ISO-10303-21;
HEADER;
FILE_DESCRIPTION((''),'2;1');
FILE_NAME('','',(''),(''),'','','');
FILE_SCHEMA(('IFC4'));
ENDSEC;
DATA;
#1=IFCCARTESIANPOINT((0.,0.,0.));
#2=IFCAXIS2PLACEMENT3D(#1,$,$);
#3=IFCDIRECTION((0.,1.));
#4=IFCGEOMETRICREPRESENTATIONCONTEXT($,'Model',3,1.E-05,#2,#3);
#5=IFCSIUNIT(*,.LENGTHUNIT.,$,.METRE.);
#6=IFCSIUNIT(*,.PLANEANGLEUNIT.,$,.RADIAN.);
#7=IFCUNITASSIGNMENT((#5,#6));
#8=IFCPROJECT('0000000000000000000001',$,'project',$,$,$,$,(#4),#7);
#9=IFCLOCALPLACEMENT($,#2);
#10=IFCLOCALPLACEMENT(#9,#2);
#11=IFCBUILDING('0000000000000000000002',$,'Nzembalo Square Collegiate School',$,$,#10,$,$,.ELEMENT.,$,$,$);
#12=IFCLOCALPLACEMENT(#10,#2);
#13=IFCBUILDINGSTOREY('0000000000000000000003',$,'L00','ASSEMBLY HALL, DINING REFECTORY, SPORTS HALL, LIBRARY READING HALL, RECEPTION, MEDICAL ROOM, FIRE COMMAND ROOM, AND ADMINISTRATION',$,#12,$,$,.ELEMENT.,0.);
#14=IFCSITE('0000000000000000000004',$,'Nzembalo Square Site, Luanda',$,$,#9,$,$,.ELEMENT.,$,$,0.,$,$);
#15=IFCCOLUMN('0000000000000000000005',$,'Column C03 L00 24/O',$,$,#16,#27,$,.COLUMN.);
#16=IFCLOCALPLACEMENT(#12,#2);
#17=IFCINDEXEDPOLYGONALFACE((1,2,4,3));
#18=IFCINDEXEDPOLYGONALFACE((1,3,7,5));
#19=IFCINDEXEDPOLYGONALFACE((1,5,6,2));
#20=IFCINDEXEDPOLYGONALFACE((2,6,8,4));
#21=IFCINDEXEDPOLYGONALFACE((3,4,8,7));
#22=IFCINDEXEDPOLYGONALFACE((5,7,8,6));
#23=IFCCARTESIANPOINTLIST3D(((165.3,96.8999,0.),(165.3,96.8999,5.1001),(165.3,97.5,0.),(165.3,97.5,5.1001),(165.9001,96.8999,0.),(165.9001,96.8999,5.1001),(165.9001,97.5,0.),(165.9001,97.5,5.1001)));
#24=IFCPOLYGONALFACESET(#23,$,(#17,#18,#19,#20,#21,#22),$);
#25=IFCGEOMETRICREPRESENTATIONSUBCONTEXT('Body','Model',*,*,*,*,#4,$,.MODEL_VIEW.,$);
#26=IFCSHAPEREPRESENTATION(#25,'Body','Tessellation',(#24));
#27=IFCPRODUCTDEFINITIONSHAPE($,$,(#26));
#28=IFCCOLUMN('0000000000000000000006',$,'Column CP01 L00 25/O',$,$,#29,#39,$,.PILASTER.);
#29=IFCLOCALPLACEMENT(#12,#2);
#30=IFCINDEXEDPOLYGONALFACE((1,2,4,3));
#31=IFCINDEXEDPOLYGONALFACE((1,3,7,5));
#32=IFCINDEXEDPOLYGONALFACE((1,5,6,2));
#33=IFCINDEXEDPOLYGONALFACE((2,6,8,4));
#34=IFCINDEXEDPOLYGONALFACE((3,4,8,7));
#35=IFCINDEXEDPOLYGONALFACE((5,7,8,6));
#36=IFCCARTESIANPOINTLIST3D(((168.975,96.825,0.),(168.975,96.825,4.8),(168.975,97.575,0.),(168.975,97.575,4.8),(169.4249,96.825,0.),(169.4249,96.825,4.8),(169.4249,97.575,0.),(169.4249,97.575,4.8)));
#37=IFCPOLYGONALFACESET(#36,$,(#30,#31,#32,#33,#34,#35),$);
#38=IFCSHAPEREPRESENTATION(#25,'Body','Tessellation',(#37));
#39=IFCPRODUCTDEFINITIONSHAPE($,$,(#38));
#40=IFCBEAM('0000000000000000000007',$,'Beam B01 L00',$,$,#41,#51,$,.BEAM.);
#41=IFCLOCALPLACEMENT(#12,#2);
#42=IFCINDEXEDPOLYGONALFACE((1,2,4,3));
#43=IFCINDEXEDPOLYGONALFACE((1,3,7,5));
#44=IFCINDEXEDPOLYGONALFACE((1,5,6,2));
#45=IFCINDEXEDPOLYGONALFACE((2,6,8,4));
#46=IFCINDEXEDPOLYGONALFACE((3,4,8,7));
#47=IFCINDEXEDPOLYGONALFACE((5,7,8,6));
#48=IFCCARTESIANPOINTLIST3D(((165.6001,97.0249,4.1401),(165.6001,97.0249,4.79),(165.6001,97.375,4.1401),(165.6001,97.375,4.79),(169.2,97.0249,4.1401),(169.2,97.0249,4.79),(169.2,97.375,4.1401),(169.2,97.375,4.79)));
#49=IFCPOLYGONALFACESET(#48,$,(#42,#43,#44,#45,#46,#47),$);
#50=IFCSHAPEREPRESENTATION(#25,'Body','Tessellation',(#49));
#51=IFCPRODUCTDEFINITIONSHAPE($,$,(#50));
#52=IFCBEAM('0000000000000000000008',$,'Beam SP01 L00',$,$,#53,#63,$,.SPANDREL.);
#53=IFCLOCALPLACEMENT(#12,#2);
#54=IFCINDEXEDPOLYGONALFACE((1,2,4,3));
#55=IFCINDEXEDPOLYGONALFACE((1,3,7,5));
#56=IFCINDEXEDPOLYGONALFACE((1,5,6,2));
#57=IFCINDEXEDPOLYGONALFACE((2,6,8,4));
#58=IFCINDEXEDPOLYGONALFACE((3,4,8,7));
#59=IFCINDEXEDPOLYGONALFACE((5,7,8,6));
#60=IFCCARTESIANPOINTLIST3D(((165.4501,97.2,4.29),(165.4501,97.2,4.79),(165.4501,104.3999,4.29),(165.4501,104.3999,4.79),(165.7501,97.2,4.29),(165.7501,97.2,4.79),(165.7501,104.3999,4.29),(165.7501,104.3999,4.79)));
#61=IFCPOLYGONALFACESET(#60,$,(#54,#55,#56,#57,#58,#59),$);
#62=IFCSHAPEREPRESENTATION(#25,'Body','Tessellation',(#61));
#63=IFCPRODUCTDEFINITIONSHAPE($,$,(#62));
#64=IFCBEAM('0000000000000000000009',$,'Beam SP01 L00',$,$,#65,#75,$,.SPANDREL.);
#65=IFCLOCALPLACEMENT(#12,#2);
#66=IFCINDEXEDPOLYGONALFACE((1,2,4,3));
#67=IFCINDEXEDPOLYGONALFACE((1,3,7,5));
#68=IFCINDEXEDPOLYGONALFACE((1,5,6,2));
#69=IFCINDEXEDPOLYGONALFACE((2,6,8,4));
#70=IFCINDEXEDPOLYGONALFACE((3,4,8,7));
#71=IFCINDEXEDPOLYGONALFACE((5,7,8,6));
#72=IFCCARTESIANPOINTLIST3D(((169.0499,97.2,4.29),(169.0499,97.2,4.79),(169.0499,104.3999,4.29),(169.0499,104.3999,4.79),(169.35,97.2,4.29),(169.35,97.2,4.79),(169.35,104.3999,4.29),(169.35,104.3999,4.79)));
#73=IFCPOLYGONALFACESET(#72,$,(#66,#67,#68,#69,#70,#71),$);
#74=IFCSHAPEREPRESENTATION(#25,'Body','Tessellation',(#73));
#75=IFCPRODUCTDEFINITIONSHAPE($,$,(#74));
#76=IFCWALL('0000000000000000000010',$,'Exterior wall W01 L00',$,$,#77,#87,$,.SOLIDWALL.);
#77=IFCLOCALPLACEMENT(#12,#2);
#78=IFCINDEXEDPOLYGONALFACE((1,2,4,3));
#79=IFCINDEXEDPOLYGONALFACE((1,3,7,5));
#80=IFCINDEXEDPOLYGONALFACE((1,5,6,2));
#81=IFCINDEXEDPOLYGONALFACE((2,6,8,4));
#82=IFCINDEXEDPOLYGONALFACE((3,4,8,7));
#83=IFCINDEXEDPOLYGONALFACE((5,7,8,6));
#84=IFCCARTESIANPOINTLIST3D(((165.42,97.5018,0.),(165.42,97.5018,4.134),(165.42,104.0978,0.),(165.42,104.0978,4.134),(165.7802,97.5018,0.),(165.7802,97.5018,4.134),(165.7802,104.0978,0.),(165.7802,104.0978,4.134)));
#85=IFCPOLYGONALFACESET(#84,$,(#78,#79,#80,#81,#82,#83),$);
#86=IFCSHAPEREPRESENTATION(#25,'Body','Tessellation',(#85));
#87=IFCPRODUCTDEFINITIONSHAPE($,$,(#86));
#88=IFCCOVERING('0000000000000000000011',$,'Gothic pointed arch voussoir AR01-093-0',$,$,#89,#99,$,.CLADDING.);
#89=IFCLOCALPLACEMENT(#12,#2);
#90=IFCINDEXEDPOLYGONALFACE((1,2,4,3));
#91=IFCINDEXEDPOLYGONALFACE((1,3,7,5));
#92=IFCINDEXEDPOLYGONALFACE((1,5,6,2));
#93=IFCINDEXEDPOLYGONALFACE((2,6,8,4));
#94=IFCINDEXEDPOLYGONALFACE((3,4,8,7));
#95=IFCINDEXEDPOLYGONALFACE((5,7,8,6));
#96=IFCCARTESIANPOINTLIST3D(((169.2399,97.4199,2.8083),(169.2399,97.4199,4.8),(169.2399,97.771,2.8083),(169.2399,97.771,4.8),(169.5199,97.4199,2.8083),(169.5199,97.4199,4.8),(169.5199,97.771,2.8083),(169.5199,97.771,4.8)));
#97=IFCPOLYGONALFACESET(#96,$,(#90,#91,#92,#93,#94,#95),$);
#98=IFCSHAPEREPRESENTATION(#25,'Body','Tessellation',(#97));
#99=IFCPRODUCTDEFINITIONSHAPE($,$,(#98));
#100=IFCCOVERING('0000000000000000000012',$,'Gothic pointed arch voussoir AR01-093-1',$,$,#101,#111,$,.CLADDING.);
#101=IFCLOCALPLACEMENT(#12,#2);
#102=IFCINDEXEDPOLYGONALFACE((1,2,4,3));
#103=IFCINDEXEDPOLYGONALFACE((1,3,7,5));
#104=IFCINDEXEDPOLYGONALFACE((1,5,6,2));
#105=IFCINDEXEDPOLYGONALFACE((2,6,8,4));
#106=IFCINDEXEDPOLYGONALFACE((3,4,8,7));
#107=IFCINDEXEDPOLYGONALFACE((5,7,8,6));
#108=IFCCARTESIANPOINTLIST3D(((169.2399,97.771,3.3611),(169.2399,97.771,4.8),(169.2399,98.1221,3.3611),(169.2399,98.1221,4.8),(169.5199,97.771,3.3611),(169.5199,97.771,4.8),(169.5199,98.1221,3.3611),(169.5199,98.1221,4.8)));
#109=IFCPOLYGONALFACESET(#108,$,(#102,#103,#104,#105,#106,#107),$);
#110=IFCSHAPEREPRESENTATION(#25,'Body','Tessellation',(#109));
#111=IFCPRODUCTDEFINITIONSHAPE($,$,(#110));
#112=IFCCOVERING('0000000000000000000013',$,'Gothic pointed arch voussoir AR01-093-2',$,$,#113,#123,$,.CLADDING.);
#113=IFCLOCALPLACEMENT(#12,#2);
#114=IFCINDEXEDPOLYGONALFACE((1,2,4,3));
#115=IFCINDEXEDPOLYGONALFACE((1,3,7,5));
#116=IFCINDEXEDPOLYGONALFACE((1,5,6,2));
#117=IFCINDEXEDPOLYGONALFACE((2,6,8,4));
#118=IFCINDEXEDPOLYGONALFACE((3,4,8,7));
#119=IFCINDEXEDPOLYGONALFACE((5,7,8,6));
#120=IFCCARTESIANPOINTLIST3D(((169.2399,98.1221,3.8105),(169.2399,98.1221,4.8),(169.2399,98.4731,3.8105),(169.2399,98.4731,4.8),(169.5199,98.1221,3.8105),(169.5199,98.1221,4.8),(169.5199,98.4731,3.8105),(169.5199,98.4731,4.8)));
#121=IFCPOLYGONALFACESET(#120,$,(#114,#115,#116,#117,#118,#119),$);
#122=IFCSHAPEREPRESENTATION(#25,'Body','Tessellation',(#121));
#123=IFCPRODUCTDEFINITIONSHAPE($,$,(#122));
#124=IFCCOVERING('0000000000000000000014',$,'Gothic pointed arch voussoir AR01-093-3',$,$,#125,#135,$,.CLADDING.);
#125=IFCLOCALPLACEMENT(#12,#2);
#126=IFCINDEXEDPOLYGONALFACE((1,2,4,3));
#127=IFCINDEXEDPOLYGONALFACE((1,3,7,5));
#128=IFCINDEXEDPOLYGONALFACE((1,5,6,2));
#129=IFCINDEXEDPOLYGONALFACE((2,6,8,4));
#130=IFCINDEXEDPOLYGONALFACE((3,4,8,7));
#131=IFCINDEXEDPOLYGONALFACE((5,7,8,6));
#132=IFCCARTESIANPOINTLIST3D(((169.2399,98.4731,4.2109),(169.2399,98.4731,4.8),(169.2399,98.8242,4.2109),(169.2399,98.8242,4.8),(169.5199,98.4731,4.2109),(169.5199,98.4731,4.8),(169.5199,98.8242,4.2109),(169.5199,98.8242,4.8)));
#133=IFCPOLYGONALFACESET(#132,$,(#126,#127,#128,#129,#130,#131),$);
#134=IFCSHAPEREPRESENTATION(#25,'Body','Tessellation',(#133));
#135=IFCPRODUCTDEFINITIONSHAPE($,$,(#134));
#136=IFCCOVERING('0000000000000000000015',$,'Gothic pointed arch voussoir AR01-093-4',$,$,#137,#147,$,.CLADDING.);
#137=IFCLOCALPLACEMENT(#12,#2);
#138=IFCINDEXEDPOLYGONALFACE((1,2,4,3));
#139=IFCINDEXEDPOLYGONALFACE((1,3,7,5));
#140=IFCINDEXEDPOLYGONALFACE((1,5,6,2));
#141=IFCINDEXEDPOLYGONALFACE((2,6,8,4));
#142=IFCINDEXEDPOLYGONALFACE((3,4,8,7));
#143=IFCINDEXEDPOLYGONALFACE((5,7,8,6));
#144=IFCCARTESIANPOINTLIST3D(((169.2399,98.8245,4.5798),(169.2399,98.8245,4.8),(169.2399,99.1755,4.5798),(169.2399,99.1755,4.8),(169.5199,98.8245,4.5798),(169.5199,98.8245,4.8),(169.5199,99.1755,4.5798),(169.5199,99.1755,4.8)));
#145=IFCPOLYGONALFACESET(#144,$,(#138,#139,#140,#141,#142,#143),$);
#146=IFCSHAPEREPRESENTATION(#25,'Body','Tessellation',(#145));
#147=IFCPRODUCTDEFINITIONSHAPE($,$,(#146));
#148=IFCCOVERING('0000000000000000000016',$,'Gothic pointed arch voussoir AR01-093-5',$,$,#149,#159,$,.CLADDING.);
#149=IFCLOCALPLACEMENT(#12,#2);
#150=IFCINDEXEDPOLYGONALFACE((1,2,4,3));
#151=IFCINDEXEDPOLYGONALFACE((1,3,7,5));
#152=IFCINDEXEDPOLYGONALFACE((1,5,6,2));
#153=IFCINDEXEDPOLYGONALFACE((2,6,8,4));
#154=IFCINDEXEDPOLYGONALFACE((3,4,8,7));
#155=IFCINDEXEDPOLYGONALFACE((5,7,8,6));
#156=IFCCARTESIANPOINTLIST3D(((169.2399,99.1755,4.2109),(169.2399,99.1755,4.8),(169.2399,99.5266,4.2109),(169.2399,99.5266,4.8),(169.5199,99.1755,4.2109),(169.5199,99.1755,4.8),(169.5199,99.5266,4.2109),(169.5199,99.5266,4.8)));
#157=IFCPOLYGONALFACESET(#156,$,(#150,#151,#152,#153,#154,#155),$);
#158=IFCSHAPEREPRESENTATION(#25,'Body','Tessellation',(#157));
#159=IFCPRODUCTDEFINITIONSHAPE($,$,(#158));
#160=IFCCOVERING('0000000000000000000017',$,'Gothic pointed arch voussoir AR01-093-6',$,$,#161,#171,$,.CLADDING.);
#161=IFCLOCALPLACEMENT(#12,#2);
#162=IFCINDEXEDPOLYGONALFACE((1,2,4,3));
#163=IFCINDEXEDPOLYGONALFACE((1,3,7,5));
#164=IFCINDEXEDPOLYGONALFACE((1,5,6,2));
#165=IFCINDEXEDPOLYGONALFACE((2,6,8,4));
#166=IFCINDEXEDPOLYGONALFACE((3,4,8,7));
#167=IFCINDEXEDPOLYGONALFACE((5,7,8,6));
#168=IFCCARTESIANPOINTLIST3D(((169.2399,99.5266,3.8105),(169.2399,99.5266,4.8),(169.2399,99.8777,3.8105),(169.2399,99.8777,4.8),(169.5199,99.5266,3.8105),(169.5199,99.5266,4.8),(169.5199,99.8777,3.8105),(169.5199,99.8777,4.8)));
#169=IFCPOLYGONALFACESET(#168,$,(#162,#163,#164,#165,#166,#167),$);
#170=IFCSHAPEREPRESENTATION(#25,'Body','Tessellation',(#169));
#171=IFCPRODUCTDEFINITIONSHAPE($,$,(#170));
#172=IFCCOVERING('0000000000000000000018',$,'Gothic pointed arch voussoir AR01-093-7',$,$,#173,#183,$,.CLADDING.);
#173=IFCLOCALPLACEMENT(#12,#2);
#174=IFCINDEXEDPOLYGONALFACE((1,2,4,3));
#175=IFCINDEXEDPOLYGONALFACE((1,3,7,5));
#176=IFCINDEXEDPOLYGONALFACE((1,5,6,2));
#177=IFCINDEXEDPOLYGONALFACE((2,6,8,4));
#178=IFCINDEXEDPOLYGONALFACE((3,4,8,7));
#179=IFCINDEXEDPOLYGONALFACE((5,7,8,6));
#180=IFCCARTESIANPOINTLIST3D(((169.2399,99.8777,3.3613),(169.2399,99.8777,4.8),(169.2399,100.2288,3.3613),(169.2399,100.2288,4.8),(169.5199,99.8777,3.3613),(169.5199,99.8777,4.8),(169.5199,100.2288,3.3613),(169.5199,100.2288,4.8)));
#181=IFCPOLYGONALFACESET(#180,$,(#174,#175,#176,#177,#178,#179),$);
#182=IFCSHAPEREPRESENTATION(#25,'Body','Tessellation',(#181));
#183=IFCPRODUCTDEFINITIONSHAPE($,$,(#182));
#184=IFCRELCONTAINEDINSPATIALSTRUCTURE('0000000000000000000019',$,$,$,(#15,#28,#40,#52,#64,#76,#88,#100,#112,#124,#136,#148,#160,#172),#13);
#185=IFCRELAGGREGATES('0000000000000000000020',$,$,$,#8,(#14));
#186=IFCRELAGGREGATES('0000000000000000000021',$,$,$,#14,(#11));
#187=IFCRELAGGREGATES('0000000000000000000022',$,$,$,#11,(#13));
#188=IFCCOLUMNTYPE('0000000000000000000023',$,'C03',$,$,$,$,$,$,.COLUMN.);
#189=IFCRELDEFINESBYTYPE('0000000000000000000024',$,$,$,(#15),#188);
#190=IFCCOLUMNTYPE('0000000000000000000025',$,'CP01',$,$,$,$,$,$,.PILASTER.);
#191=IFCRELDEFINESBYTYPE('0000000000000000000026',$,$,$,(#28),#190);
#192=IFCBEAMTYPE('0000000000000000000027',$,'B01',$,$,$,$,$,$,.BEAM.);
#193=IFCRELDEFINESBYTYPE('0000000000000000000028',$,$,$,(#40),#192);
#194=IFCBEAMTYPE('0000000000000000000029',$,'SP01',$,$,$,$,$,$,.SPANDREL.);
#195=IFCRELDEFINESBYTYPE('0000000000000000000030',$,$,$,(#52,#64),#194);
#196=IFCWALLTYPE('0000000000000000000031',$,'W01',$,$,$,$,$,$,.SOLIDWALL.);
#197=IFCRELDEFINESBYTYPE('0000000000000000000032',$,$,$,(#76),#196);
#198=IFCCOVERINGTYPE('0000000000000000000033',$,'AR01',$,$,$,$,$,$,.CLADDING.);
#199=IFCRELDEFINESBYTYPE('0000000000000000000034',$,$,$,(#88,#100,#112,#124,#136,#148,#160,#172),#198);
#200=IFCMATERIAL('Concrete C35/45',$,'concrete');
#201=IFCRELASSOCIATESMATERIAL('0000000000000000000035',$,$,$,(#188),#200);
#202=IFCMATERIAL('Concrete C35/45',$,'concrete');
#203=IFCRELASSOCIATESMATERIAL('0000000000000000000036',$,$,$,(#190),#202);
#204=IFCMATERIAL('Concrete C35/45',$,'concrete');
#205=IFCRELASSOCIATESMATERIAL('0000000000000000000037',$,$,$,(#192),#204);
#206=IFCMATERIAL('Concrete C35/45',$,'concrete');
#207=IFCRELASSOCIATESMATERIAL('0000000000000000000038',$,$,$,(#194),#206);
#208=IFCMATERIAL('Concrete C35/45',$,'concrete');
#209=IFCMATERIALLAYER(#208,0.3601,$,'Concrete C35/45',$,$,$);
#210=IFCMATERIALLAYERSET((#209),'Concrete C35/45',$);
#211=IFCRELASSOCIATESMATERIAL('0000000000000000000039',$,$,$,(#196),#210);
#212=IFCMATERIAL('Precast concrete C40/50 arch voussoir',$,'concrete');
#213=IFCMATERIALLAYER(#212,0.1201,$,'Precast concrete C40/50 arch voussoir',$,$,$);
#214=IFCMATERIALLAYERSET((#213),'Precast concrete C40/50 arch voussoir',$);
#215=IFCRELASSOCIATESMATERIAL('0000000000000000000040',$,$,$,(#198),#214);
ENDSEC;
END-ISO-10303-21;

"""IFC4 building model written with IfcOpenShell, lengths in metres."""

from ifc_helpers import new_model, si_unit, direction, frame, frame_2d, origin, origin_2d, place, context, subcontext, project, spatial, rectangle, extrude, material, layer, layer_set, material_profile, profile_set, type_object, element, save


model = new_model("IFC4")

# Units and contexts
model_context = context("Model", 3, precision=1e-05, world=origin(), true_north=direction((0.0, 1.0)))
body_context = subcontext(model_context, "Body", "Model", "MODEL_VIEW")
ifc_project = project(units=[si_unit("LENGTHUNIT", "METRE"), si_unit("PLANEANGLEUNIT", "RADIAN")], contexts=[model_context])

# Site, building, storey
site_placement = place(None, origin())
site = spatial("IfcSite", under=ifc_project, at=site_placement, Name="Nzembalo Square Site, Luanda", CompositionType="ELEMENT", RefElevation=0.0)
building_placement = place(site_placement, origin())
building = spatial("IfcBuilding", under=site, at=building_placement, Name="Nzembalo Square Collegiate School", CompositionType="ELEMENT")
storey_placement = place(building_placement, origin())
storey = spatial("IfcBuildingStorey", under=building, at=storey_placement, Name="L00", Description="ASSEMBLY HALL, DINING REFECTORY, SPORTS HALL, LIBRARY READING HALL, RECEPTION, MEDICAL ROOM, FIRE COMMAND ROOM, AND ADMINISTRATION", CompositionType="ELEMENT", Elevation=0.0)

# Columns
ifc_material_1 = material(Name="Concrete C35/45", Category="concrete")
ifc_material_profile_1 = material_profile(ifc_material_1, rectangle(XDim=0.6001, YDim=0.6001, at=origin_2d()), Name="RC 600x600")
ifc_profile_set_1 = profile_set([ifc_material_profile_1], Name="Concrete C35/45")
column_type_1 = type_object("IfcColumnType", Name="C03", PredefinedType="COLUMN", material=ifc_profile_set_1)
column_1_placement = place(storey_placement, frame((165.6001, 97.2, 0.0), z_axis=(0.0, 0.0, 1.0), x_axis=(1.0, 0.0, 0.0)))
element("IfcColumn", 1, at=column_1_placement, inside=storey, type_object=column_type_1, Name="Column C03 L00 24/O", PredefinedType="COLUMN", context=body_context, shape_type="SweptSolid", body=[
    extrude(rectangle(XDim=0.6001, YDim=0.6001, at=origin_2d()), origin(), (0.0, 0.0, 1.0), 5.1001),
])
ifc_material_2 = material(Name="Concrete C35/45", Category="concrete")
ifc_material_profile_2 = material_profile(ifc_material_2, rectangle(XDim=0.45, YDim=0.75, at=origin_2d()), Name="RC 450x750")
ifc_profile_set_2 = profile_set([ifc_material_profile_2], Name="Concrete C35/45")
column_type_2 = type_object("IfcColumnType", Name="CP01", PredefinedType="PILASTER", material=ifc_profile_set_2)
column_2_placement = place(storey_placement, frame((169.2, 97.2, 0.0), z_axis=(0.0, 0.0, 1.0), x_axis=(1.0, 0.0, 0.0)))
element("IfcColumn", 2, at=column_2_placement, inside=storey, type_object=column_type_2, Name="Column CP01 L00 25/O", PredefinedType="PILASTER", context=body_context, shape_type="SweptSolid", body=[
    extrude(rectangle(XDim=0.45, YDim=0.75, at=origin_2d()), origin(), (0.0, 0.0, 1.0), 4.8),
])

# Beams
ifc_material_3 = material(Name="Concrete C35/45", Category="concrete")
ifc_material_profile_3 = material_profile(ifc_material_3, rectangle(XDim=0.3501, YDim=0.6499, at=origin_2d()), Name="RC 350x650")
ifc_profile_set_3 = profile_set([ifc_material_profile_3], Name="Concrete C35/45")
beam_type_1 = type_object("IfcBeamType", Name="B01", PredefinedType="BEAM", material=ifc_profile_set_3)
beam_placement = place(storey_placement, frame((165.6001, 97.2, 4.4651), z_axis=(1.0, 0.0, 0.0), x_axis=(0.0, 1.0, 0.0)))
element("IfcBeam", 3, at=beam_placement, inside=storey, type_object=beam_type_1, Name="Beam B01 L00", PredefinedType="BEAM", context=body_context, shape_type="SweptSolid", body=[
    extrude(rectangle(XDim=0.3501, YDim=0.6499, at=origin_2d()), origin(), (0.0, 0.0, 1.0), 3.5999),
])
ifc_material_4 = material(Name="Concrete C35/45", Category="concrete")
ifc_material_profile_4 = material_profile(ifc_material_4, rectangle(XDim=0.3, YDim=0.5, at=origin_2d()), Name="RC 300x500")
ifc_profile_set_4 = profile_set([ifc_material_profile_4], Name="Concrete C35/45")
beam_type_2 = type_object("IfcBeamType", Name="SP01", PredefinedType="SPANDREL", material=ifc_profile_set_4)
for number, where, z_axis, x_axis, name in (
    (4, (165.6001, 97.2, 4.54), (0.0, 1.0, 0.0), (-1.0, 0.0, 0.0), "Beam SP01 L00"),
    (5, (169.2, 97.2, 4.54), (0.0, 1.0, 0.0), (-1.0, 0.0, 0.0), "Beam SP01 L00"),
):
    element("IfcBeam", number, at=place(storey_placement, frame(where, z_axis=z_axis, x_axis=x_axis)), inside=storey, type_object=beam_type_2, Name=name, PredefinedType="SPANDREL", context=body_context, shape_type="SweptSolid", body=[
        extrude(rectangle(XDim=0.3, YDim=0.5, at=origin_2d()), origin(), (0.0, 0.0, 1.0), 7.2),
    ])

# Wall
ifc_material_5 = material(Name="Concrete C35/45", Category="concrete")
ifc_layer_1 = layer(ifc_material_5, 0.3601, Name="Concrete C35/45")
ifc_layer_set_1 = layer_set([ifc_layer_1], Name="Concrete C35/45")
wall_type = type_object("IfcWallType", Name="W01", PredefinedType="SOLIDWALL", material=ifc_layer_set_1)
wall_placement = place(storey_placement, frame((165.6001, 97.502, 0.0), z_axis=(0.0, 0.0, 1.0), x_axis=(0.0, 1.0, 0.0)))
element("IfcWall", 6, at=wall_placement, inside=storey, type_object=wall_type, Name="Exterior wall W01 L00", PredefinedType="SOLIDWALL", context=body_context, shape_type="SweptSolid", body=[
    extrude(rectangle(XDim=6.5959, YDim=0.3601, at=frame_2d((3.2979, 0.0))), origin(), (0.0, 0.0, 1.0), 4.134),
])

# Coverings
ifc_material_6 = material(Name="Precast concrete C40/50 arch voussoir", Category="concrete")
ifc_layer_2 = layer(ifc_material_6, 0.1201, Name="Precast concrete C40/50 arch voussoir")
ifc_layer_set_2 = layer_set([ifc_layer_2], Name="Precast concrete C40/50 arch voussoir")
covering_type = type_object("IfcCoveringType", Name="AR01", PredefinedType="CLADDING", material=ifc_layer_set_2)
covering_1_placement = place(storey_placement, frame((169.3799, 97.5955, 2.8083), z_axis=(0.0, 0.0, 1.0), x_axis=(1.0, 0.0, 0.0)))
element("IfcCovering", 7, at=covering_1_placement, inside=storey, type_object=covering_type, Name="Gothic pointed arch voussoir AR01-093-0", PredefinedType="CLADDING", context=body_context, shape_type="SweptSolid", body=[
    extrude(rectangle(XDim=0.28, YDim=0.3511, at=origin_2d()), origin(), (0.0, 0.0, 1.0), 1.9917),
])
covering_2_placement = place(storey_placement, frame((169.3799, 97.9465, 3.3611), z_axis=(0.0, 0.0, 1.0), x_axis=(1.0, 0.0, 0.0)))
element("IfcCovering", 8, at=covering_2_placement, inside=storey, type_object=covering_type, Name="Gothic pointed arch voussoir AR01-093-1", PredefinedType="CLADDING", context=body_context, shape_type="SweptSolid", body=[
    extrude(rectangle(XDim=0.28, YDim=0.3511, at=origin_2d()), origin(), (0.0, 0.0, 1.0), 1.439),
])
covering_3_placement = place(storey_placement, frame((169.3799, 98.2976, 3.8105), z_axis=(0.0, 0.0, 1.0), x_axis=(1.0, 0.0, 0.0)))
element("IfcCovering", 9, at=covering_3_placement, inside=storey, type_object=covering_type, Name="Gothic pointed arch voussoir AR01-093-2", PredefinedType="CLADDING", context=body_context, shape_type="SweptSolid", body=[
    extrude(rectangle(XDim=0.28, YDim=0.3511, at=origin_2d()), origin(), (0.0, 0.0, 1.0), 0.9895),
])
covering_4_placement = place(storey_placement, frame((169.3799, 98.6487, 4.2109), z_axis=(0.0, 0.0, 1.0), x_axis=(1.0, 0.0, 0.0)))
element("IfcCovering", 10, at=covering_4_placement, inside=storey, type_object=covering_type, Name="Gothic pointed arch voussoir AR01-093-3", PredefinedType="CLADDING", context=body_context, shape_type="SweptSolid", body=[
    extrude(rectangle(XDim=0.28, YDim=0.3511, at=origin_2d()), origin(), (0.0, 0.0, 1.0), 0.5891),
])
covering_5_placement = place(storey_placement, frame((169.3799, 99.0, 4.5798), z_axis=(0.0, 0.0, 1.0), x_axis=(1.0, 0.0, 0.0)))
element("IfcCovering", 11, at=covering_5_placement, inside=storey, type_object=covering_type, Name="Gothic pointed arch voussoir AR01-093-4", PredefinedType="CLADDING", context=body_context, shape_type="SweptSolid", body=[
    extrude(rectangle(XDim=0.28, YDim=0.3511, at=origin_2d()), origin(), (0.0, 0.0, 1.0), 0.2202),
])
covering_6_placement = place(storey_placement, frame((169.3799, 99.3511, 4.2109), z_axis=(0.0, 0.0, 1.0), x_axis=(1.0, 0.0, 0.0)))
element("IfcCovering", 12, at=covering_6_placement, inside=storey, type_object=covering_type, Name="Gothic pointed arch voussoir AR01-093-5", PredefinedType="CLADDING", context=body_context, shape_type="SweptSolid", body=[
    extrude(rectangle(XDim=0.28, YDim=0.3511, at=origin_2d()), origin(), (0.0, 0.0, 1.0), 0.5891),
])
covering_7_placement = place(storey_placement, frame((169.3799, 99.7021, 3.8105), z_axis=(0.0, 0.0, 1.0), x_axis=(1.0, 0.0, 0.0)))
element("IfcCovering", 13, at=covering_7_placement, inside=storey, type_object=covering_type, Name="Gothic pointed arch voussoir AR01-093-6", PredefinedType="CLADDING", context=body_context, shape_type="SweptSolid", body=[
    extrude(rectangle(XDim=0.28, YDim=0.3511, at=origin_2d()), origin(), (0.0, 0.0, 1.0), 0.9895),
])
covering_8_placement = place(storey_placement, frame((169.3799, 100.0532, 3.3613), z_axis=(0.0, 0.0, 1.0), x_axis=(1.0, 0.0, 0.0)))
element("IfcCovering", 14, at=covering_8_placement, inside=storey, type_object=covering_type, Name="Gothic pointed arch voussoir AR01-093-7", PredefinedType="CLADDING", context=body_context, shape_type="SweptSolid", body=[
    extrude(rectangle(XDim=0.28, YDim=0.3511, at=origin_2d()), origin(), (0.0, 0.0, 1.0), 1.4387),
])

save(model, "model.ifc")
